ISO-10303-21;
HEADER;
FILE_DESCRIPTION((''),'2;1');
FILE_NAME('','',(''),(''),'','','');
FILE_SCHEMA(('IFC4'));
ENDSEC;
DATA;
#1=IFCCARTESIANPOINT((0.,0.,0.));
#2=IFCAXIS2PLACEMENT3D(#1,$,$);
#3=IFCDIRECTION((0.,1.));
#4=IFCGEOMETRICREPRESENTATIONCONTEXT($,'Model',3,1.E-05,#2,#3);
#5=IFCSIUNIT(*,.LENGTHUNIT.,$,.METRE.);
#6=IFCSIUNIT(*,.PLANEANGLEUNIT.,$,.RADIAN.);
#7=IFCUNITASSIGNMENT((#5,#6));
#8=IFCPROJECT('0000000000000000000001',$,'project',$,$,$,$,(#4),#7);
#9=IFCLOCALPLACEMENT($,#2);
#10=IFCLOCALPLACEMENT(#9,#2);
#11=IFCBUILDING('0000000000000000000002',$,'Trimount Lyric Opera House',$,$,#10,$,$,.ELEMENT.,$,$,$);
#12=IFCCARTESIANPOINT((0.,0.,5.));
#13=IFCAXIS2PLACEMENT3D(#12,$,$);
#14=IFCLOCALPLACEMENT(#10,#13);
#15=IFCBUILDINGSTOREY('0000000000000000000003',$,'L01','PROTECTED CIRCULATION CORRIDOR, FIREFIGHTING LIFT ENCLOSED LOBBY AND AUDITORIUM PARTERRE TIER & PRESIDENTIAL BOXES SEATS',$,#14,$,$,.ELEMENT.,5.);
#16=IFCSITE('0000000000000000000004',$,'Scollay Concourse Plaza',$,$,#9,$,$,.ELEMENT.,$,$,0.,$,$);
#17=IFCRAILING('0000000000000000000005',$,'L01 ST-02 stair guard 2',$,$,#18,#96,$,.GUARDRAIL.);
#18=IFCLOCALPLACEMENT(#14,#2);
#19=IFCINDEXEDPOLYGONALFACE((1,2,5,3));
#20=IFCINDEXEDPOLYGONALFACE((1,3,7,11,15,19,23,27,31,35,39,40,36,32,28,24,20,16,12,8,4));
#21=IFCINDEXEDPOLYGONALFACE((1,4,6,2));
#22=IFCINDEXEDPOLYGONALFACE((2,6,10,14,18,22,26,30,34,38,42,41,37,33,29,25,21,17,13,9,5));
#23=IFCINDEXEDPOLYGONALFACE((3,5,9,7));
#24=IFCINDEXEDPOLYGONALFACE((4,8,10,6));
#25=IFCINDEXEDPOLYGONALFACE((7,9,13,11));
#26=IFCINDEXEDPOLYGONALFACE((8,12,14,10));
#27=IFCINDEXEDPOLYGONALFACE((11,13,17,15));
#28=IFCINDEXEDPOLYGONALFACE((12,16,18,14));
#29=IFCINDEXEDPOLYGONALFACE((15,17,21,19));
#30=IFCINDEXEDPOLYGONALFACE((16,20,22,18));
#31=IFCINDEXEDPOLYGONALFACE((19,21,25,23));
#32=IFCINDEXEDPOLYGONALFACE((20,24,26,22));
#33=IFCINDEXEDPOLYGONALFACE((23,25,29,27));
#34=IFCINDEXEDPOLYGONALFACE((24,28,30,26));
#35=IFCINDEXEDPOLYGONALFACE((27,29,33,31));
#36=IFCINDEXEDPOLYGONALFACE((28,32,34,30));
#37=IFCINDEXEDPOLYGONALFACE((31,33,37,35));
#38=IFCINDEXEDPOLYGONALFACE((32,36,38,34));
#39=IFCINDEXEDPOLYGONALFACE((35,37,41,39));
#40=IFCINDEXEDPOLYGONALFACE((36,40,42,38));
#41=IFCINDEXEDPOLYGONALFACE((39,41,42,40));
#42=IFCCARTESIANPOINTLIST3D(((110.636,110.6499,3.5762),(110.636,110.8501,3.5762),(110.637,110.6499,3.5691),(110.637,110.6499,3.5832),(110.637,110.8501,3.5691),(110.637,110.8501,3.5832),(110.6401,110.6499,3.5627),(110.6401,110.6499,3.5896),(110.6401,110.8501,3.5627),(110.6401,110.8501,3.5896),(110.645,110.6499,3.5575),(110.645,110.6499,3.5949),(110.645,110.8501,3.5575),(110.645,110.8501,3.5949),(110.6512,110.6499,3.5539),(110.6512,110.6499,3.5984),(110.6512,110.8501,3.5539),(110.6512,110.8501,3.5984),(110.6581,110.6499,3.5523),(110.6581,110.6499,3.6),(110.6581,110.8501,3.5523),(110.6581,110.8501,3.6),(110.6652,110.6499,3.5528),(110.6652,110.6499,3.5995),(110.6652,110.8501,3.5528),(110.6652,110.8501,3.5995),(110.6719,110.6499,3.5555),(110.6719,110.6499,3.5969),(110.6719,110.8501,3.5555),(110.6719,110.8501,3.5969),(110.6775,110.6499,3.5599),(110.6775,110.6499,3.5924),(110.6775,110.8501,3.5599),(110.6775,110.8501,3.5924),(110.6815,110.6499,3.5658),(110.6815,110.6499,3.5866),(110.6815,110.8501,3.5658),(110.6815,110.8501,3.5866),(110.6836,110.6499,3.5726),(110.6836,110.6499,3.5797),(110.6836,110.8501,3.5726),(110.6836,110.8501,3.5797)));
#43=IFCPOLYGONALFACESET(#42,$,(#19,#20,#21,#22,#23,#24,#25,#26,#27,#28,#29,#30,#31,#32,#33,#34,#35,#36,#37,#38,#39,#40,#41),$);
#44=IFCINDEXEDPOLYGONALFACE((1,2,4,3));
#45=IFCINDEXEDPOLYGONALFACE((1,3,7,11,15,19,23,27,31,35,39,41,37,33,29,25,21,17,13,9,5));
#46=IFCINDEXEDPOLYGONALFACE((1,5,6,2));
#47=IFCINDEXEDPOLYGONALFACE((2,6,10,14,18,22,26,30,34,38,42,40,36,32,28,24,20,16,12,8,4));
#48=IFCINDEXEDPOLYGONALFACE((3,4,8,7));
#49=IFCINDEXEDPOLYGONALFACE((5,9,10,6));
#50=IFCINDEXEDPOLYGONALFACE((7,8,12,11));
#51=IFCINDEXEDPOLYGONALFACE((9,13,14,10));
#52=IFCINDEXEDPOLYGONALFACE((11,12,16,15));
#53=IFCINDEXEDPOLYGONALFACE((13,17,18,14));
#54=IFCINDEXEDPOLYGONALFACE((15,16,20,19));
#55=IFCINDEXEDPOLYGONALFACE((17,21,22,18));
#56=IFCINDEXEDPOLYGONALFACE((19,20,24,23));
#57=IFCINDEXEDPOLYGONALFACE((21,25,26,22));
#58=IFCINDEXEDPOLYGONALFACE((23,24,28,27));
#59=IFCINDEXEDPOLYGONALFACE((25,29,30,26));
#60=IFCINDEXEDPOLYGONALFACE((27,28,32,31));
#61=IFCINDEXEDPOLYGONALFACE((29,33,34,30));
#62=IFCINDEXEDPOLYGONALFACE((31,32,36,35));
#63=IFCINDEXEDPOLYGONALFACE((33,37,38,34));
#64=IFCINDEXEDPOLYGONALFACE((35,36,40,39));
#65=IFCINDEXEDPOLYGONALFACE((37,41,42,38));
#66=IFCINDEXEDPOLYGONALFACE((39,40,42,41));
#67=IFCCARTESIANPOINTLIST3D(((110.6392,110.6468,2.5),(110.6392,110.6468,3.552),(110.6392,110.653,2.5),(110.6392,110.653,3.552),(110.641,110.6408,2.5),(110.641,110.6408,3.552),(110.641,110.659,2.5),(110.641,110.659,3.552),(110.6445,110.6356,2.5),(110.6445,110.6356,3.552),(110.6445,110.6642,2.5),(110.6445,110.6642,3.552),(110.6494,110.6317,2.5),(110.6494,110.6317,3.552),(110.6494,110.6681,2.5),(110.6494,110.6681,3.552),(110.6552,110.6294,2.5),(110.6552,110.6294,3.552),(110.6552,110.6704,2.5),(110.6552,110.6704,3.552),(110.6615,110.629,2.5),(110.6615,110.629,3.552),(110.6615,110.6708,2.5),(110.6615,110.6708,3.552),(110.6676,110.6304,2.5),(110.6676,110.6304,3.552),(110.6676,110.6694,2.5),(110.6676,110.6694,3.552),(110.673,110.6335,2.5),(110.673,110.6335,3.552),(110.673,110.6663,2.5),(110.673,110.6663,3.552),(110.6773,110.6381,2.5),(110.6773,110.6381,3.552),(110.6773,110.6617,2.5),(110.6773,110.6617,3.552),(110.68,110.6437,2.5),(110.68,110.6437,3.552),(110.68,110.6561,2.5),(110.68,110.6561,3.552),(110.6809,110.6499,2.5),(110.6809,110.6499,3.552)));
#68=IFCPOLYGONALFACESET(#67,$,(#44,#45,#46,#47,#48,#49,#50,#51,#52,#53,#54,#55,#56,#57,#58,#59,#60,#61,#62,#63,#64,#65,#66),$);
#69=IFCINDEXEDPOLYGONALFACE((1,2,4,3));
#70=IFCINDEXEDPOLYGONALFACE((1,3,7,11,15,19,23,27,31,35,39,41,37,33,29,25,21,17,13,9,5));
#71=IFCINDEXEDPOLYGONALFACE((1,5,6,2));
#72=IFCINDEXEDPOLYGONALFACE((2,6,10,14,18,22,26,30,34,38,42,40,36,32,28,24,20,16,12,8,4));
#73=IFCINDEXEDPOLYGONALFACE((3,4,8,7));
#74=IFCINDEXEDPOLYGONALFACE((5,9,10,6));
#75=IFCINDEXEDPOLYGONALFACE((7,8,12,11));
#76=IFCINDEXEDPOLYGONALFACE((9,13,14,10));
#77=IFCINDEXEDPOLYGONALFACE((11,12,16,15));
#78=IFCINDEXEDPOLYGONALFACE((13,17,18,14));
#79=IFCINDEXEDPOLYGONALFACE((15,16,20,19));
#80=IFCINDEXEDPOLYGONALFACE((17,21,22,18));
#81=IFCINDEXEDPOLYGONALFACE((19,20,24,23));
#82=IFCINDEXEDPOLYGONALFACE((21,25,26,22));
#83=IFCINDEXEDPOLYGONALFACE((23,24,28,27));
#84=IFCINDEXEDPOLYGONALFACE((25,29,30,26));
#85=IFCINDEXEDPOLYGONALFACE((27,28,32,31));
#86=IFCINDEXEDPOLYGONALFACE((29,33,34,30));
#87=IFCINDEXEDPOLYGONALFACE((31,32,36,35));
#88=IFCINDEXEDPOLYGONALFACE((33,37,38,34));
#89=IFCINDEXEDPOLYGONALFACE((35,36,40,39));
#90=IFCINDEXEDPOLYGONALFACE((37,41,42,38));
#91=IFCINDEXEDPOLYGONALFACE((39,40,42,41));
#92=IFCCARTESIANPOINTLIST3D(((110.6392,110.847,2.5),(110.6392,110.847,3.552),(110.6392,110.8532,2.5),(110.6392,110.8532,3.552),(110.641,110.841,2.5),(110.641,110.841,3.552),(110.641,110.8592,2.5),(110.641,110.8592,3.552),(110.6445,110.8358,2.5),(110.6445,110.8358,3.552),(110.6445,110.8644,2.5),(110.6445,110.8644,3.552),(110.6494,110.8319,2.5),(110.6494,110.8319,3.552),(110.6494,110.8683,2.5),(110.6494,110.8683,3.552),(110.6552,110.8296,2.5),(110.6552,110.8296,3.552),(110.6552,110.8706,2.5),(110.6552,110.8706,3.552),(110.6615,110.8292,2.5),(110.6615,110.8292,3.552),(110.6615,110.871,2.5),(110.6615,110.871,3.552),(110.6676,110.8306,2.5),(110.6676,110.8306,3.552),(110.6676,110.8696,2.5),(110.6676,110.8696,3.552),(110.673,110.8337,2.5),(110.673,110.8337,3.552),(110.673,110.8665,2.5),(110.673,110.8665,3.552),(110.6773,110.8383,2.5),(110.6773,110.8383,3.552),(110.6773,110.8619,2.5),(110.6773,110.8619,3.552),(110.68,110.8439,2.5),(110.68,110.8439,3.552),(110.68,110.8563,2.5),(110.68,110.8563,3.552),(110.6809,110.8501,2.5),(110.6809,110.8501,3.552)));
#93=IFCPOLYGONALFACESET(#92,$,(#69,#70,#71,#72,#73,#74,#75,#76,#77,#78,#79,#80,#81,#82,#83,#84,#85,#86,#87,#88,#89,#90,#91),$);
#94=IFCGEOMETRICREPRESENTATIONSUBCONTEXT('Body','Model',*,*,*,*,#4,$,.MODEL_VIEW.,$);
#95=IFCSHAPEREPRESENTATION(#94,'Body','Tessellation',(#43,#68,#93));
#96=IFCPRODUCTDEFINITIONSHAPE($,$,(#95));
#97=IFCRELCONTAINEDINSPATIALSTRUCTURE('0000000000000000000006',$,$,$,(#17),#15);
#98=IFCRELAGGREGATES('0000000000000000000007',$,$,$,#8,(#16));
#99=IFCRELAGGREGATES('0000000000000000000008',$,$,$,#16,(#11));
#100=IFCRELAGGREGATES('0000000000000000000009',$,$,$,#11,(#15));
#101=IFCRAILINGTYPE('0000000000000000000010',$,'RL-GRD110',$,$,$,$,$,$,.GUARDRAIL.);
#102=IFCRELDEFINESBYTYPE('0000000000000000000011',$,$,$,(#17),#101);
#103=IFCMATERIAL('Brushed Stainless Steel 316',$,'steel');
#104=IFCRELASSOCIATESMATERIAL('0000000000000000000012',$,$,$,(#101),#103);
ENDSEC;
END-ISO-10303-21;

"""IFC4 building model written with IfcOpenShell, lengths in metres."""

from ifc_helpers import new_model, si_unit, direction, frame, origin, origin_2d, place, context, subcontext, project, spatial, circle, extrude, material, type_object, element, save


model = new_model("IFC4")

# Units and contexts
model_context = context("Model", 3, precision=1e-05, world=origin(), true_north=direction((0.0, 1.0)))
body_context = subcontext(model_context, "Body", "Model", "MODEL_VIEW")
ifc_project = project(units=[si_unit("LENGTHUNIT", "METRE"), si_unit("PLANEANGLEUNIT", "RADIAN")], contexts=[model_context])

# Site, building, storey
site_placement = place(None, origin())
site = spatial("IfcSite", under=ifc_project, at=site_placement, Name="Scollay Concourse Plaza", CompositionType="ELEMENT", RefElevation=0.0)
building_placement = place(site_placement, origin())
building = spatial("IfcBuilding", under=site, at=building_placement, Name="Trimount Lyric Opera House", CompositionType="ELEMENT")
storey_placement = place(building_placement, frame((0.0, 0.0, 5.0)))
storey = spatial("IfcBuildingStorey", under=building, at=storey_placement, Name="L01", Description="PROTECTED CIRCULATION CORRIDOR, FIREFIGHTING LIFT ENCLOSED LOBBY AND AUDITORIUM PARTERRE TIER & PRESIDENTIAL BOXES SEATS", CompositionType="ELEMENT", Elevation=5.0)

# Railing
ifc_material_1 = material(Name="Brushed Stainless Steel 316", Category="steel")
railing_type_1 = type_object("IfcRailingType", Name="RL-GRD110", PredefinedType="GUARDRAIL", material=ifc_material_1)
railing_1_placement = place(storey_placement, frame((110.6599, 110.6499, 2.5)))
element("IfcRailing", 1, at=railing_1_placement, inside=storey, type_object=railing_type_1, Name="L01 ST-02 stair guard 2", PredefinedType="GUARDRAIL", context=body_context, shape_type="SweptSolid", body=[
    extrude(circle(Radius=0.0239, at=origin_2d()), frame((0.0, 0.0, 1.0762), z_axis=(0.0, 1.0, 0.0), x_axis=(-1.0, 0.0, 0.0)), (0.0, 0.0, 1.0), 0.2002),
    extrude(circle(Radius=0.021, at=origin_2d()), origin(), (0.0, 0.0, 1.0), 1.052),
    extrude(circle(Radius=0.021, at=origin_2d()), frame((0.0, 0.2002, 0.0)), (0.0, 0.0, 1.0), 1.052),
])

save(model, "model.ifc")
